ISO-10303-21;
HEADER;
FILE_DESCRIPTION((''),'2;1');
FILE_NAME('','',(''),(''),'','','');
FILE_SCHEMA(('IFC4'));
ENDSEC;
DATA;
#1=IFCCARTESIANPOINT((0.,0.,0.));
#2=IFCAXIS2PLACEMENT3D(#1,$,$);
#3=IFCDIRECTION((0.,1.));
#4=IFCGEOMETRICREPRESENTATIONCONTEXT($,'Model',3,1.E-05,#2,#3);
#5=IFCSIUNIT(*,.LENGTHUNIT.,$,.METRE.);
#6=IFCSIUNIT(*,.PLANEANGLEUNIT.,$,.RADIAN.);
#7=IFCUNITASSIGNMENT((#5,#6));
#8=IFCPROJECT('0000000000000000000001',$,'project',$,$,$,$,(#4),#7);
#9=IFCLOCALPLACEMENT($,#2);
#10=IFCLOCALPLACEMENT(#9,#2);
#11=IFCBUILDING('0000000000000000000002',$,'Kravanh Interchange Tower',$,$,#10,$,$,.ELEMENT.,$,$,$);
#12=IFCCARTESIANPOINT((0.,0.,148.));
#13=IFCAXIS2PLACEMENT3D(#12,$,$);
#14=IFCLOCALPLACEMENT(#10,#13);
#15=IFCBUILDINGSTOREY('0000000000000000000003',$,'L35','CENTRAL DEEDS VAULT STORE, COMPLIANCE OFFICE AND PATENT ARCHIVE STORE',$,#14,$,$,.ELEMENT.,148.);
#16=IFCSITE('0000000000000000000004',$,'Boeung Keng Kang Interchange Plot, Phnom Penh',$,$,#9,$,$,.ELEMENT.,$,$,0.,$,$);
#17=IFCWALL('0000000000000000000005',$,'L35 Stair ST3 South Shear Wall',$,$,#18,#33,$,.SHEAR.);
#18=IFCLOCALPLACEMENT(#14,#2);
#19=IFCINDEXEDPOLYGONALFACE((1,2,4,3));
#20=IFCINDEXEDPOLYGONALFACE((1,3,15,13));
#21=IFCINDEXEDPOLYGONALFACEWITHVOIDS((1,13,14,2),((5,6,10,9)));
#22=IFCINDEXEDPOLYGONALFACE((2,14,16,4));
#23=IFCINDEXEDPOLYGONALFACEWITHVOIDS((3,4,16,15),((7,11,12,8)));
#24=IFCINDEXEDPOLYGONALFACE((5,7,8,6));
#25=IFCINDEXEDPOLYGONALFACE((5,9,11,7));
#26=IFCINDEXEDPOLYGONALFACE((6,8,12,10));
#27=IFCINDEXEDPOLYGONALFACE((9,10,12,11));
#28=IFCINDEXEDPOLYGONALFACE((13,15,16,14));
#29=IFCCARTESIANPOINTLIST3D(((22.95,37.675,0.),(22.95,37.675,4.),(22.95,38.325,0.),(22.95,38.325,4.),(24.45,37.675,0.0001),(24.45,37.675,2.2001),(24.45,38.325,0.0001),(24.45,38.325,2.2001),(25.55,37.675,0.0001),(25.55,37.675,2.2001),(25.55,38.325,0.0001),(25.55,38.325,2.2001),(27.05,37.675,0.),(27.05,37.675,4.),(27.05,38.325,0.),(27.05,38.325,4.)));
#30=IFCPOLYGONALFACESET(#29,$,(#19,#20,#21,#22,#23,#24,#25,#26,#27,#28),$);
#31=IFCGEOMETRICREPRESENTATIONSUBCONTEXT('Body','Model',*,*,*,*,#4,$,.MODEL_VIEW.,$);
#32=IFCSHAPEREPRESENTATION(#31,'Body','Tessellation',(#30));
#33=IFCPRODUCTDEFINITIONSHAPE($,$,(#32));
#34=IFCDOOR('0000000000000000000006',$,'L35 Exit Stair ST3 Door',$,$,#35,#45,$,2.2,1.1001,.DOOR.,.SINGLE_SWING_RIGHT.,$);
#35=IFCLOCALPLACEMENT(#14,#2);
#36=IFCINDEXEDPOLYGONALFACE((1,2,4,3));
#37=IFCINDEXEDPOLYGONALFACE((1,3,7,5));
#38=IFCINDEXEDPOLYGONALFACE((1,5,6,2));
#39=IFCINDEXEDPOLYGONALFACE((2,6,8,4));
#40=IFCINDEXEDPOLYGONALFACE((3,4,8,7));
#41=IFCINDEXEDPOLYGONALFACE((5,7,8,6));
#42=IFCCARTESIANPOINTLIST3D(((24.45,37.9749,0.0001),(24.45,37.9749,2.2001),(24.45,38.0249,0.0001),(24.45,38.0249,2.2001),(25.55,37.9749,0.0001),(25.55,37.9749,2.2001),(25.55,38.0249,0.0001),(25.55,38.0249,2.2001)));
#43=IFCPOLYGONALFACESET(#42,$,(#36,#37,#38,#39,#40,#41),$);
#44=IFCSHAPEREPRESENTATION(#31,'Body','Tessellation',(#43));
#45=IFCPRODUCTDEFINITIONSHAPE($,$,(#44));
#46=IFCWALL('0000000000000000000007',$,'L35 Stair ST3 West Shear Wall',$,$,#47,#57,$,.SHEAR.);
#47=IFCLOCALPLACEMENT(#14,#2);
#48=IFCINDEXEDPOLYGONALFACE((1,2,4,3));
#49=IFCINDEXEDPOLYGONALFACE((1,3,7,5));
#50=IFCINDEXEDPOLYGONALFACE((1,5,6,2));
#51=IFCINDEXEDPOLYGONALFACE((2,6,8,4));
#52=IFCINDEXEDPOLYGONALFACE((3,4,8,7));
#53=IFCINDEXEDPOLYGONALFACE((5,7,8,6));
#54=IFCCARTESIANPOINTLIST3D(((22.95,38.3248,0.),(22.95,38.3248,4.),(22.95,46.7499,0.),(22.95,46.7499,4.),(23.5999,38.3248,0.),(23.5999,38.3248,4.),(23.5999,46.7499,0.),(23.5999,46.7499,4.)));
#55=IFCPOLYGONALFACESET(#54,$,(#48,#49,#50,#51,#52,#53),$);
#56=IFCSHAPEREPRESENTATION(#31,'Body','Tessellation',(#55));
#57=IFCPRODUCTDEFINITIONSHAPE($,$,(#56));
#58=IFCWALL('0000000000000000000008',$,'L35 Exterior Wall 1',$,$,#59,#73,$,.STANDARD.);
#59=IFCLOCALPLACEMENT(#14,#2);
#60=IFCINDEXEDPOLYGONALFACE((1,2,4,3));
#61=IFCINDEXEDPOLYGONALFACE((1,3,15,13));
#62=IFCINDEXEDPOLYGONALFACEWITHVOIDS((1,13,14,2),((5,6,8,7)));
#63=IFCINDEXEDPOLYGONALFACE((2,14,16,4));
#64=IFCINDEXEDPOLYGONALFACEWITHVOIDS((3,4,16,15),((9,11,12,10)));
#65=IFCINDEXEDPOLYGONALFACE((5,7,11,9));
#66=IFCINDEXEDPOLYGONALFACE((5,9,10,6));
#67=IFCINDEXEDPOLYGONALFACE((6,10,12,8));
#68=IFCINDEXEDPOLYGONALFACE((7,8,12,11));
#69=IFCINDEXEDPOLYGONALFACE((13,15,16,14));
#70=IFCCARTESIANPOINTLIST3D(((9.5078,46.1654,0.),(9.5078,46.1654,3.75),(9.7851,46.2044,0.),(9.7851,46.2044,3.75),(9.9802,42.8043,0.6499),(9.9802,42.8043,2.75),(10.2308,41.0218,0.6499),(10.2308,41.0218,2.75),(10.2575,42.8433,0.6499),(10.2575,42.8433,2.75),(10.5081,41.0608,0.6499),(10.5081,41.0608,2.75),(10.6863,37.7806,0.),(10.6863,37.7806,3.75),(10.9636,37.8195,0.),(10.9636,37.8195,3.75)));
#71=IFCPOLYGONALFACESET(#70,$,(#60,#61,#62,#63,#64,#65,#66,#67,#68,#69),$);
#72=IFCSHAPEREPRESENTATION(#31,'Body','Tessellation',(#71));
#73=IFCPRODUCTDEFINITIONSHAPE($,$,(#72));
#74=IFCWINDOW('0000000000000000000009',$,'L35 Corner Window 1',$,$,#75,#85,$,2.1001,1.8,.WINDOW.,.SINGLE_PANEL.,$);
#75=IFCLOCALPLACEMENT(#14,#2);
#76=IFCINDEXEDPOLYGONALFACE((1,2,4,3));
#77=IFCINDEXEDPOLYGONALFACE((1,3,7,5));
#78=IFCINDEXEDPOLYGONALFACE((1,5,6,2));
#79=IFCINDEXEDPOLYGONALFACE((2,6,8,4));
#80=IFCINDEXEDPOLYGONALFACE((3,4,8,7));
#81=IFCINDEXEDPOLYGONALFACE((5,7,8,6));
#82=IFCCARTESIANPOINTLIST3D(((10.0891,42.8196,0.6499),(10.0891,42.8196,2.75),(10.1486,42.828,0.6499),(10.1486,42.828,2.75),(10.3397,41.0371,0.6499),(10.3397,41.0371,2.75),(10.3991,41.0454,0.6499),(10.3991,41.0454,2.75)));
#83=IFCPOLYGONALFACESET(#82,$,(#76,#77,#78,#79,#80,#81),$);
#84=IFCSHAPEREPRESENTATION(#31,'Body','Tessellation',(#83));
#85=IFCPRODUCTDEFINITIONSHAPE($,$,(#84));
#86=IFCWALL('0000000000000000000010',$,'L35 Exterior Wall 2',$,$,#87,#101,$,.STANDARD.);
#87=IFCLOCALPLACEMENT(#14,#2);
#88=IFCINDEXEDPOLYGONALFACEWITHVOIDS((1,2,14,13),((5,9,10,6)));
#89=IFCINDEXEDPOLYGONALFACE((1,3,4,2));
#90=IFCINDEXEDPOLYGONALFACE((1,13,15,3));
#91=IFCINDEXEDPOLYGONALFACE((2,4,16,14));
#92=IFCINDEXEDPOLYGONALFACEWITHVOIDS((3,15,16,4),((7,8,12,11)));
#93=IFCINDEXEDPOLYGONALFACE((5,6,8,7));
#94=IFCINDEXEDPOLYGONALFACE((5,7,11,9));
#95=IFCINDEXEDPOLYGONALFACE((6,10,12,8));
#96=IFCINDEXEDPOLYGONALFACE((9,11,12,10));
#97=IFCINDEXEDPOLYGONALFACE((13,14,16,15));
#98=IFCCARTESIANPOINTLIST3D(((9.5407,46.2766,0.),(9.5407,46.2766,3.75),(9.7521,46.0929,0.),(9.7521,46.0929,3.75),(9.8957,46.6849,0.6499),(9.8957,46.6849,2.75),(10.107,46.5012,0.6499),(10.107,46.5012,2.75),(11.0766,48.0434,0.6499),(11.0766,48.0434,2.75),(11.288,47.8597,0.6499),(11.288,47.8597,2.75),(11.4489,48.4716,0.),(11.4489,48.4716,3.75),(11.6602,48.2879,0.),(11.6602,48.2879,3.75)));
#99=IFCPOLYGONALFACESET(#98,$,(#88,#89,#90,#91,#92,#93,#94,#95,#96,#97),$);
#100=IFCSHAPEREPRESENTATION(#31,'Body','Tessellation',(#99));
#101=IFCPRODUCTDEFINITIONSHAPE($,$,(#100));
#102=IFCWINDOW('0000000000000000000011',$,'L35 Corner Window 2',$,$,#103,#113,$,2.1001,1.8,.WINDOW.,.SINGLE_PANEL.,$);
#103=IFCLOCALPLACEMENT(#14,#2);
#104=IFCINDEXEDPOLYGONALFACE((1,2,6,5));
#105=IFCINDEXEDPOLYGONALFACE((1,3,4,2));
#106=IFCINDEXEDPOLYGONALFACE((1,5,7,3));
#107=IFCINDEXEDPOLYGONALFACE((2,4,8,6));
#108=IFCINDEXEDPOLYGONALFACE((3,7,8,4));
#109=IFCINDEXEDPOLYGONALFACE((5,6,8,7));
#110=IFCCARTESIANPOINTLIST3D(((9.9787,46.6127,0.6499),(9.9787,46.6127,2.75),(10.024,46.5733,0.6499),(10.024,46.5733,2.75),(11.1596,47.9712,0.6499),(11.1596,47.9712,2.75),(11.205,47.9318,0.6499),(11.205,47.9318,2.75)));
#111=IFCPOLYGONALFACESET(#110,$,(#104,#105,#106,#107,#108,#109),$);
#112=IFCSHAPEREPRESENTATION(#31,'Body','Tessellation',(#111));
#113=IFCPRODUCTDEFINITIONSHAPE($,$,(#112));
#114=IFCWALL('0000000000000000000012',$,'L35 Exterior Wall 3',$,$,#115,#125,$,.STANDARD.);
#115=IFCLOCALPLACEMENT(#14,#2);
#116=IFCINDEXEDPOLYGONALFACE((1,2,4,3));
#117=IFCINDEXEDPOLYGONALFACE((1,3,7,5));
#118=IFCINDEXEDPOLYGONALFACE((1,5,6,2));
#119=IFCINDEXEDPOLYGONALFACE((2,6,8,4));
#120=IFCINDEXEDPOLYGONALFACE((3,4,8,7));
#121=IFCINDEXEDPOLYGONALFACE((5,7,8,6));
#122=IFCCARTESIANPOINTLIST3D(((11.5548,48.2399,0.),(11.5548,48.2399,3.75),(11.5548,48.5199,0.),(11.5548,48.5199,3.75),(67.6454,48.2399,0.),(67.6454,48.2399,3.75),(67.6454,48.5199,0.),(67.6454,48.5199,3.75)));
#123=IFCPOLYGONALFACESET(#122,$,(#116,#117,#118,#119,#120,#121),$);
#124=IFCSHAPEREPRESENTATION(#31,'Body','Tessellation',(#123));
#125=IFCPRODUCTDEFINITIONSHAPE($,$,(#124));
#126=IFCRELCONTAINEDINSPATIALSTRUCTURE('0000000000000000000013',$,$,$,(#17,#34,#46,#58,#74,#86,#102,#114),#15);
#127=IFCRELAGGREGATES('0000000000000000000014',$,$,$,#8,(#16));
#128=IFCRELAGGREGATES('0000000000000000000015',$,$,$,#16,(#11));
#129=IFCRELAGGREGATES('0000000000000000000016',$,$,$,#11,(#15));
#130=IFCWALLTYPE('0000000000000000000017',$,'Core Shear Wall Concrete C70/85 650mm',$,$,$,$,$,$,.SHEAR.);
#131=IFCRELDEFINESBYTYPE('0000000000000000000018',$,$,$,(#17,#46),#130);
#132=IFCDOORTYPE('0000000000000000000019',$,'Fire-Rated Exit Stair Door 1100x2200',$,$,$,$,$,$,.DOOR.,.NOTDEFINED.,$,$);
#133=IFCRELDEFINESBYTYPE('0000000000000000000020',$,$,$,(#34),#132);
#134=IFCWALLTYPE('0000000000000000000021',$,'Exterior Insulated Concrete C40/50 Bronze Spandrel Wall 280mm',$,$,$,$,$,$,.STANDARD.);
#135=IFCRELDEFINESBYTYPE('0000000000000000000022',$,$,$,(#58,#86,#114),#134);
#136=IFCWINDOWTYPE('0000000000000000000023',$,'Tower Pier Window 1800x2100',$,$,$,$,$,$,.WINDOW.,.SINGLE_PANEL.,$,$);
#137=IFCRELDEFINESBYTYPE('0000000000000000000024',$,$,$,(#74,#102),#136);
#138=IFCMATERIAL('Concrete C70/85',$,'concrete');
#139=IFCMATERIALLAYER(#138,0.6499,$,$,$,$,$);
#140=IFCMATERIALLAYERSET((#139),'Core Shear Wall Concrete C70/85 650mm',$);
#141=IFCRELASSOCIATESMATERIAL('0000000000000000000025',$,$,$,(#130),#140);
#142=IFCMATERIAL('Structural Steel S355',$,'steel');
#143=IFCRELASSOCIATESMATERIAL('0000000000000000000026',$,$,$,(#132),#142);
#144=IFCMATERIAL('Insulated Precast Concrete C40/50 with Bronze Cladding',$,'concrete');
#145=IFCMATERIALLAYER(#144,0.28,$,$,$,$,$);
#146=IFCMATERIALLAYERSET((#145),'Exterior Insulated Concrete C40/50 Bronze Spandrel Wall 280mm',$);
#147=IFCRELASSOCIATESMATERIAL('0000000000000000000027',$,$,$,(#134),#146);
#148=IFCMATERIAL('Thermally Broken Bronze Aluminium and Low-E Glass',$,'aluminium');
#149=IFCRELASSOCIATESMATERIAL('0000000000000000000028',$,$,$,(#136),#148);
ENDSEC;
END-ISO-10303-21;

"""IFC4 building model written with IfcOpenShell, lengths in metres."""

from ifc_helpers import new_model, si_unit, direction, frame, frame_2d, origin, place, context, subcontext, project, spatial, rectangle, extrude, material, layer, layer_set, type_object, element, fill, save


model = new_model("IFC4")

# Units and contexts
model_context = context("Model", 3, precision=1e-05, world=origin(), true_north=direction((0.0, 1.0)))
body_context = subcontext(model_context, "Body", "Model", "MODEL_VIEW")
ifc_project = project(units=[si_unit("LENGTHUNIT", "METRE"), si_unit("PLANEANGLEUNIT", "RADIAN")], contexts=[model_context])

# Site, building, storey
site_placement = place(None, origin())
site = spatial("IfcSite", under=ifc_project, at=site_placement, Name="Boeung Keng Kang Interchange Plot, Phnom Penh", CompositionType="ELEMENT", RefElevation=0.0)
building_placement = place(site_placement, origin())
building = spatial("IfcBuilding", under=site, at=building_placement, Name="Kravanh Interchange Tower", CompositionType="ELEMENT")
storey_placement = place(building_placement, frame((0.0, 0.0, 148.0)))
storey = spatial("IfcBuildingStorey", under=building, at=storey_placement, Name="L35", Description="CENTRAL DEEDS VAULT STORE, COMPLIANCE OFFICE AND PATENT ARCHIVE STORE", CompositionType="ELEMENT", Elevation=148.0)

# Shared definitions
ifc_material_1 = material(Name="Concrete C70/85", Category="concrete")
ifc_layer_1 = layer(ifc_material_1, 0.6499)
ifc_layer_set_1 = layer_set([ifc_layer_1], Name="Core Shear Wall Concrete C70/85 650mm")
wall_type_1 = type_object("IfcWallType", Name="Core Shear Wall Concrete C70/85 650mm", PredefinedType="SHEAR", material=ifc_layer_set_1)

# Wall, opening, door
wall_1_placement = place(storey_placement, frame((22.95, 38.0, 0.0), z_axis=(0.0, 0.0, 1.0), x_axis=(1.0, 0.0, 0.0)))
wall_1 = element("IfcWall", 1, at=wall_1_placement, inside=storey, type_object=wall_type_1, Name="L35 Stair ST3 South Shear Wall", PredefinedType="SHEAR", context=body_context, shape_type="SweptSolid", body=[
    extrude(rectangle(XDim=4.1001, YDim=0.6499, at=frame_2d((2.05, 0.0))), origin(), (0.0, 0.0, 1.0), 4.0),
])
opening_1_placement = place(wall_1_placement, frame((1.5, 0.0, 0.0)))
opening_1 = element("IfcOpeningElement", 2, at=opening_1_placement, cuts=wall_1, PredefinedType="OPENING", context=body_context, shape_type="SweptSolid", body=[
    extrude(rectangle(XDim=1.1001, YDim=2.2, at=frame_2d((0.55, 1.1001))), frame((0.0, 0.335, 0.0), z_axis=(0.0, -1.0, 0.0), x_axis=(1.0, 0.0, 0.0)), (0.0, 0.0, 1.0), 0.6699),
])
ifc_material_2 = material(Name="Structural Steel S355", Category="steel")
door_type_1 = type_object("IfcDoorType", Name="Fire-Rated Exit Stair Door 1100x2200", OperationType="NOTDEFINED", PredefinedType="DOOR", material=ifc_material_2)
door_1_placement = place(opening_1_placement, origin())
door_1 = element("IfcDoor", 3, at=door_1_placement, inside=storey, type_object=door_type_1, Name="L35 Exit Stair ST3 Door", OperationType="SINGLE_SWING_RIGHT", OverallHeight=2.2, OverallWidth=1.1001, PredefinedType="DOOR", context=body_context, shape_type="SweptSolid", body=[
    extrude(rectangle(XDim=1.1001, YDim=2.2, at=frame_2d((0.55, 1.1001))), frame((0.0, 0.0249, 0.0), z_axis=(0.0, -1.0, 0.0), x_axis=(1.0, 0.0, 0.0)), (0.0, 0.0, 1.0), 0.05),
])
fill(opening_1, door_1)

# Wall
wall_2_placement = place(storey_placement, frame((23.2749, 38.325, 0.0), z_axis=(0.0, 0.0, 1.0), x_axis=(0.0, 1.0, 0.0)))
element("IfcWall", 4, at=wall_2_placement, inside=storey, type_object=wall_type_1, Name="L35 Stair ST3 West Shear Wall", PredefinedType="SHEAR", context=body_context, shape_type="SweptSolid", body=[
    extrude(rectangle(XDim=8.425, YDim=0.6499, at=frame_2d((4.2124, 0.0))), origin(), (0.0, 0.0, 1.0), 4.0),
])

# Walls, openings, windows
ifc_material_3 = material(Name="Insulated Precast Concrete C40/50 with Bronze Cladding", Category="concrete")
ifc_layer_2 = layer(ifc_material_3, 0.28)
ifc_layer_set_2 = layer_set([ifc_layer_2], Name="Exterior Insulated Concrete C40/50 Bronze Spandrel Wall 280mm")
wall_type_2 = type_object("IfcWallType", Name="Exterior Insulated Concrete C40/50 Bronze Spandrel Wall 280mm", PredefinedType="STANDARD", material=ifc_layer_set_2)
wall_3_placement = place(storey_placement, frame((10.825, 37.8, 0.0), z_axis=(0.0, 0.0, 1.0), x_axis=(-0.139181, 0.990267, 0.0)))
wall_3 = element("IfcWall", 5, at=wall_3_placement, inside=storey, type_object=wall_type_2, Name="L35 Exterior Wall 1", PredefinedType="STANDARD", context=body_context, shape_type="SweptSolid", body=[
    extrude(rectangle(XDim=8.4673, YDim=0.28, at=frame_2d((4.2336, 0.0))), origin(), (0.0, 0.0, 1.0), 3.75),
])
opening_2_placement = place(wall_3_placement, frame((3.2732, 0.0, 0.6499)))
opening_2 = element("IfcOpeningElement", 6, at=opening_2_placement, cuts=wall_3, PredefinedType="OPENING", context=body_context, shape_type="SweptSolid", body=[
    extrude(rectangle(XDim=1.8, YDim=2.1001, at=frame_2d((0.8999, 1.05))), frame((0.0, 0.1499, 0.0), z_axis=(0.0, -1.0, 0.0), x_axis=(1.0, 0.0, 0.0)), (0.0, 0.0, 1.0), 0.3),
])
ifc_material_4 = material(Name="Thermally Broken Bronze Aluminium and Low-E Glass", Category="aluminium")
window_type = type_object("IfcWindowType", Name="Tower Pier Window 1800x2100", PartitioningType="SINGLE_PANEL", PredefinedType="WINDOW", material=ifc_material_4)
window_1_placement = place(opening_2_placement, origin())
window_1 = element("IfcWindow", 7, at=window_1_placement, inside=storey, type_object=window_type, Name="L35 Corner Window 1", OverallHeight=2.1001, OverallWidth=1.8, PartitioningType="SINGLE_PANEL", PredefinedType="WINDOW", context=body_context, shape_type="SweptSolid", body=[
    extrude(rectangle(XDim=1.8, YDim=2.1001, at=frame_2d((0.8999, 1.05))), frame((0.0, 0.03, 0.0), z_axis=(0.0, -1.0, 0.0), x_axis=(1.0, 0.0, 0.0)), (0.0, 0.0, 1.0), 0.0601),
])
fill(opening_2, window_1)
wall_4_placement = place(storey_placement, frame((9.6465, 46.1848, 0.0), z_axis=(0.0, 0.0, 1.0), x_axis=(0.656071, 0.754699, 0.0)))
wall_4 = element("IfcWall", 8, at=wall_4_placement, inside=storey, type_object=wall_type_2, Name="L35 Exterior Wall 2", PredefinedType="STANDARD", context=body_context, shape_type="SweptSolid", body=[
    extrude(rectangle(XDim=2.9084, YDim=0.28, at=frame_2d((1.4541, 0.0))), origin(), (0.0, 0.0, 1.0), 3.75),
])
opening_3_placement = place(wall_4_placement, frame((0.541, 0.0, 0.6499)))
opening_3 = element("IfcOpeningElement", 9, at=opening_3_placement, cuts=wall_4, PredefinedType="OPENING", context=body_context, shape_type="SweptSolid", body=[
    extrude(rectangle(XDim=1.8, YDim=2.1001, at=frame_2d((0.8999, 1.05))), frame((0.0, 0.1499, 0.0), z_axis=(0.0, -1.0, 0.0), x_axis=(1.0, 0.0, 0.0)), (0.0, 0.0, 1.0), 0.3),
])
window_2_placement = place(opening_3_placement, origin())
window_2 = element("IfcWindow", 10, at=window_2_placement, inside=storey, type_object=window_type, Name="L35 Corner Window 2", OverallHeight=2.1001, OverallWidth=1.8, PartitioningType="SINGLE_PANEL", PredefinedType="WINDOW", context=body_context, shape_type="SweptSolid", body=[
    extrude(rectangle(XDim=1.8, YDim=2.1001, at=frame_2d((0.8999, 1.05))), frame((0.0, 0.03, 0.0), z_axis=(0.0, -1.0, 0.0), x_axis=(1.0, 0.0, 0.0)), (0.0, 0.0, 1.0), 0.0601),
])
fill(opening_3, window_2)

# Wall
wall_5_placement = place(storey_placement, frame((11.5547, 48.3799, 0.0), z_axis=(0.0, 0.0, 1.0), x_axis=(1.0, 0.0, 0.0)))
element("IfcWall", 11, at=wall_5_placement, inside=storey, type_object=wall_type_2, Name="L35 Exterior Wall 3", PredefinedType="STANDARD", context=body_context, shape_type="SweptSolid", body=[
    extrude(rectangle(XDim=56.0906, YDim=0.28, at=frame_2d((28.0454, 0.0))), origin(), (0.0, 0.0, 1.0), 3.75),
])

save(model, "model.ifc")
